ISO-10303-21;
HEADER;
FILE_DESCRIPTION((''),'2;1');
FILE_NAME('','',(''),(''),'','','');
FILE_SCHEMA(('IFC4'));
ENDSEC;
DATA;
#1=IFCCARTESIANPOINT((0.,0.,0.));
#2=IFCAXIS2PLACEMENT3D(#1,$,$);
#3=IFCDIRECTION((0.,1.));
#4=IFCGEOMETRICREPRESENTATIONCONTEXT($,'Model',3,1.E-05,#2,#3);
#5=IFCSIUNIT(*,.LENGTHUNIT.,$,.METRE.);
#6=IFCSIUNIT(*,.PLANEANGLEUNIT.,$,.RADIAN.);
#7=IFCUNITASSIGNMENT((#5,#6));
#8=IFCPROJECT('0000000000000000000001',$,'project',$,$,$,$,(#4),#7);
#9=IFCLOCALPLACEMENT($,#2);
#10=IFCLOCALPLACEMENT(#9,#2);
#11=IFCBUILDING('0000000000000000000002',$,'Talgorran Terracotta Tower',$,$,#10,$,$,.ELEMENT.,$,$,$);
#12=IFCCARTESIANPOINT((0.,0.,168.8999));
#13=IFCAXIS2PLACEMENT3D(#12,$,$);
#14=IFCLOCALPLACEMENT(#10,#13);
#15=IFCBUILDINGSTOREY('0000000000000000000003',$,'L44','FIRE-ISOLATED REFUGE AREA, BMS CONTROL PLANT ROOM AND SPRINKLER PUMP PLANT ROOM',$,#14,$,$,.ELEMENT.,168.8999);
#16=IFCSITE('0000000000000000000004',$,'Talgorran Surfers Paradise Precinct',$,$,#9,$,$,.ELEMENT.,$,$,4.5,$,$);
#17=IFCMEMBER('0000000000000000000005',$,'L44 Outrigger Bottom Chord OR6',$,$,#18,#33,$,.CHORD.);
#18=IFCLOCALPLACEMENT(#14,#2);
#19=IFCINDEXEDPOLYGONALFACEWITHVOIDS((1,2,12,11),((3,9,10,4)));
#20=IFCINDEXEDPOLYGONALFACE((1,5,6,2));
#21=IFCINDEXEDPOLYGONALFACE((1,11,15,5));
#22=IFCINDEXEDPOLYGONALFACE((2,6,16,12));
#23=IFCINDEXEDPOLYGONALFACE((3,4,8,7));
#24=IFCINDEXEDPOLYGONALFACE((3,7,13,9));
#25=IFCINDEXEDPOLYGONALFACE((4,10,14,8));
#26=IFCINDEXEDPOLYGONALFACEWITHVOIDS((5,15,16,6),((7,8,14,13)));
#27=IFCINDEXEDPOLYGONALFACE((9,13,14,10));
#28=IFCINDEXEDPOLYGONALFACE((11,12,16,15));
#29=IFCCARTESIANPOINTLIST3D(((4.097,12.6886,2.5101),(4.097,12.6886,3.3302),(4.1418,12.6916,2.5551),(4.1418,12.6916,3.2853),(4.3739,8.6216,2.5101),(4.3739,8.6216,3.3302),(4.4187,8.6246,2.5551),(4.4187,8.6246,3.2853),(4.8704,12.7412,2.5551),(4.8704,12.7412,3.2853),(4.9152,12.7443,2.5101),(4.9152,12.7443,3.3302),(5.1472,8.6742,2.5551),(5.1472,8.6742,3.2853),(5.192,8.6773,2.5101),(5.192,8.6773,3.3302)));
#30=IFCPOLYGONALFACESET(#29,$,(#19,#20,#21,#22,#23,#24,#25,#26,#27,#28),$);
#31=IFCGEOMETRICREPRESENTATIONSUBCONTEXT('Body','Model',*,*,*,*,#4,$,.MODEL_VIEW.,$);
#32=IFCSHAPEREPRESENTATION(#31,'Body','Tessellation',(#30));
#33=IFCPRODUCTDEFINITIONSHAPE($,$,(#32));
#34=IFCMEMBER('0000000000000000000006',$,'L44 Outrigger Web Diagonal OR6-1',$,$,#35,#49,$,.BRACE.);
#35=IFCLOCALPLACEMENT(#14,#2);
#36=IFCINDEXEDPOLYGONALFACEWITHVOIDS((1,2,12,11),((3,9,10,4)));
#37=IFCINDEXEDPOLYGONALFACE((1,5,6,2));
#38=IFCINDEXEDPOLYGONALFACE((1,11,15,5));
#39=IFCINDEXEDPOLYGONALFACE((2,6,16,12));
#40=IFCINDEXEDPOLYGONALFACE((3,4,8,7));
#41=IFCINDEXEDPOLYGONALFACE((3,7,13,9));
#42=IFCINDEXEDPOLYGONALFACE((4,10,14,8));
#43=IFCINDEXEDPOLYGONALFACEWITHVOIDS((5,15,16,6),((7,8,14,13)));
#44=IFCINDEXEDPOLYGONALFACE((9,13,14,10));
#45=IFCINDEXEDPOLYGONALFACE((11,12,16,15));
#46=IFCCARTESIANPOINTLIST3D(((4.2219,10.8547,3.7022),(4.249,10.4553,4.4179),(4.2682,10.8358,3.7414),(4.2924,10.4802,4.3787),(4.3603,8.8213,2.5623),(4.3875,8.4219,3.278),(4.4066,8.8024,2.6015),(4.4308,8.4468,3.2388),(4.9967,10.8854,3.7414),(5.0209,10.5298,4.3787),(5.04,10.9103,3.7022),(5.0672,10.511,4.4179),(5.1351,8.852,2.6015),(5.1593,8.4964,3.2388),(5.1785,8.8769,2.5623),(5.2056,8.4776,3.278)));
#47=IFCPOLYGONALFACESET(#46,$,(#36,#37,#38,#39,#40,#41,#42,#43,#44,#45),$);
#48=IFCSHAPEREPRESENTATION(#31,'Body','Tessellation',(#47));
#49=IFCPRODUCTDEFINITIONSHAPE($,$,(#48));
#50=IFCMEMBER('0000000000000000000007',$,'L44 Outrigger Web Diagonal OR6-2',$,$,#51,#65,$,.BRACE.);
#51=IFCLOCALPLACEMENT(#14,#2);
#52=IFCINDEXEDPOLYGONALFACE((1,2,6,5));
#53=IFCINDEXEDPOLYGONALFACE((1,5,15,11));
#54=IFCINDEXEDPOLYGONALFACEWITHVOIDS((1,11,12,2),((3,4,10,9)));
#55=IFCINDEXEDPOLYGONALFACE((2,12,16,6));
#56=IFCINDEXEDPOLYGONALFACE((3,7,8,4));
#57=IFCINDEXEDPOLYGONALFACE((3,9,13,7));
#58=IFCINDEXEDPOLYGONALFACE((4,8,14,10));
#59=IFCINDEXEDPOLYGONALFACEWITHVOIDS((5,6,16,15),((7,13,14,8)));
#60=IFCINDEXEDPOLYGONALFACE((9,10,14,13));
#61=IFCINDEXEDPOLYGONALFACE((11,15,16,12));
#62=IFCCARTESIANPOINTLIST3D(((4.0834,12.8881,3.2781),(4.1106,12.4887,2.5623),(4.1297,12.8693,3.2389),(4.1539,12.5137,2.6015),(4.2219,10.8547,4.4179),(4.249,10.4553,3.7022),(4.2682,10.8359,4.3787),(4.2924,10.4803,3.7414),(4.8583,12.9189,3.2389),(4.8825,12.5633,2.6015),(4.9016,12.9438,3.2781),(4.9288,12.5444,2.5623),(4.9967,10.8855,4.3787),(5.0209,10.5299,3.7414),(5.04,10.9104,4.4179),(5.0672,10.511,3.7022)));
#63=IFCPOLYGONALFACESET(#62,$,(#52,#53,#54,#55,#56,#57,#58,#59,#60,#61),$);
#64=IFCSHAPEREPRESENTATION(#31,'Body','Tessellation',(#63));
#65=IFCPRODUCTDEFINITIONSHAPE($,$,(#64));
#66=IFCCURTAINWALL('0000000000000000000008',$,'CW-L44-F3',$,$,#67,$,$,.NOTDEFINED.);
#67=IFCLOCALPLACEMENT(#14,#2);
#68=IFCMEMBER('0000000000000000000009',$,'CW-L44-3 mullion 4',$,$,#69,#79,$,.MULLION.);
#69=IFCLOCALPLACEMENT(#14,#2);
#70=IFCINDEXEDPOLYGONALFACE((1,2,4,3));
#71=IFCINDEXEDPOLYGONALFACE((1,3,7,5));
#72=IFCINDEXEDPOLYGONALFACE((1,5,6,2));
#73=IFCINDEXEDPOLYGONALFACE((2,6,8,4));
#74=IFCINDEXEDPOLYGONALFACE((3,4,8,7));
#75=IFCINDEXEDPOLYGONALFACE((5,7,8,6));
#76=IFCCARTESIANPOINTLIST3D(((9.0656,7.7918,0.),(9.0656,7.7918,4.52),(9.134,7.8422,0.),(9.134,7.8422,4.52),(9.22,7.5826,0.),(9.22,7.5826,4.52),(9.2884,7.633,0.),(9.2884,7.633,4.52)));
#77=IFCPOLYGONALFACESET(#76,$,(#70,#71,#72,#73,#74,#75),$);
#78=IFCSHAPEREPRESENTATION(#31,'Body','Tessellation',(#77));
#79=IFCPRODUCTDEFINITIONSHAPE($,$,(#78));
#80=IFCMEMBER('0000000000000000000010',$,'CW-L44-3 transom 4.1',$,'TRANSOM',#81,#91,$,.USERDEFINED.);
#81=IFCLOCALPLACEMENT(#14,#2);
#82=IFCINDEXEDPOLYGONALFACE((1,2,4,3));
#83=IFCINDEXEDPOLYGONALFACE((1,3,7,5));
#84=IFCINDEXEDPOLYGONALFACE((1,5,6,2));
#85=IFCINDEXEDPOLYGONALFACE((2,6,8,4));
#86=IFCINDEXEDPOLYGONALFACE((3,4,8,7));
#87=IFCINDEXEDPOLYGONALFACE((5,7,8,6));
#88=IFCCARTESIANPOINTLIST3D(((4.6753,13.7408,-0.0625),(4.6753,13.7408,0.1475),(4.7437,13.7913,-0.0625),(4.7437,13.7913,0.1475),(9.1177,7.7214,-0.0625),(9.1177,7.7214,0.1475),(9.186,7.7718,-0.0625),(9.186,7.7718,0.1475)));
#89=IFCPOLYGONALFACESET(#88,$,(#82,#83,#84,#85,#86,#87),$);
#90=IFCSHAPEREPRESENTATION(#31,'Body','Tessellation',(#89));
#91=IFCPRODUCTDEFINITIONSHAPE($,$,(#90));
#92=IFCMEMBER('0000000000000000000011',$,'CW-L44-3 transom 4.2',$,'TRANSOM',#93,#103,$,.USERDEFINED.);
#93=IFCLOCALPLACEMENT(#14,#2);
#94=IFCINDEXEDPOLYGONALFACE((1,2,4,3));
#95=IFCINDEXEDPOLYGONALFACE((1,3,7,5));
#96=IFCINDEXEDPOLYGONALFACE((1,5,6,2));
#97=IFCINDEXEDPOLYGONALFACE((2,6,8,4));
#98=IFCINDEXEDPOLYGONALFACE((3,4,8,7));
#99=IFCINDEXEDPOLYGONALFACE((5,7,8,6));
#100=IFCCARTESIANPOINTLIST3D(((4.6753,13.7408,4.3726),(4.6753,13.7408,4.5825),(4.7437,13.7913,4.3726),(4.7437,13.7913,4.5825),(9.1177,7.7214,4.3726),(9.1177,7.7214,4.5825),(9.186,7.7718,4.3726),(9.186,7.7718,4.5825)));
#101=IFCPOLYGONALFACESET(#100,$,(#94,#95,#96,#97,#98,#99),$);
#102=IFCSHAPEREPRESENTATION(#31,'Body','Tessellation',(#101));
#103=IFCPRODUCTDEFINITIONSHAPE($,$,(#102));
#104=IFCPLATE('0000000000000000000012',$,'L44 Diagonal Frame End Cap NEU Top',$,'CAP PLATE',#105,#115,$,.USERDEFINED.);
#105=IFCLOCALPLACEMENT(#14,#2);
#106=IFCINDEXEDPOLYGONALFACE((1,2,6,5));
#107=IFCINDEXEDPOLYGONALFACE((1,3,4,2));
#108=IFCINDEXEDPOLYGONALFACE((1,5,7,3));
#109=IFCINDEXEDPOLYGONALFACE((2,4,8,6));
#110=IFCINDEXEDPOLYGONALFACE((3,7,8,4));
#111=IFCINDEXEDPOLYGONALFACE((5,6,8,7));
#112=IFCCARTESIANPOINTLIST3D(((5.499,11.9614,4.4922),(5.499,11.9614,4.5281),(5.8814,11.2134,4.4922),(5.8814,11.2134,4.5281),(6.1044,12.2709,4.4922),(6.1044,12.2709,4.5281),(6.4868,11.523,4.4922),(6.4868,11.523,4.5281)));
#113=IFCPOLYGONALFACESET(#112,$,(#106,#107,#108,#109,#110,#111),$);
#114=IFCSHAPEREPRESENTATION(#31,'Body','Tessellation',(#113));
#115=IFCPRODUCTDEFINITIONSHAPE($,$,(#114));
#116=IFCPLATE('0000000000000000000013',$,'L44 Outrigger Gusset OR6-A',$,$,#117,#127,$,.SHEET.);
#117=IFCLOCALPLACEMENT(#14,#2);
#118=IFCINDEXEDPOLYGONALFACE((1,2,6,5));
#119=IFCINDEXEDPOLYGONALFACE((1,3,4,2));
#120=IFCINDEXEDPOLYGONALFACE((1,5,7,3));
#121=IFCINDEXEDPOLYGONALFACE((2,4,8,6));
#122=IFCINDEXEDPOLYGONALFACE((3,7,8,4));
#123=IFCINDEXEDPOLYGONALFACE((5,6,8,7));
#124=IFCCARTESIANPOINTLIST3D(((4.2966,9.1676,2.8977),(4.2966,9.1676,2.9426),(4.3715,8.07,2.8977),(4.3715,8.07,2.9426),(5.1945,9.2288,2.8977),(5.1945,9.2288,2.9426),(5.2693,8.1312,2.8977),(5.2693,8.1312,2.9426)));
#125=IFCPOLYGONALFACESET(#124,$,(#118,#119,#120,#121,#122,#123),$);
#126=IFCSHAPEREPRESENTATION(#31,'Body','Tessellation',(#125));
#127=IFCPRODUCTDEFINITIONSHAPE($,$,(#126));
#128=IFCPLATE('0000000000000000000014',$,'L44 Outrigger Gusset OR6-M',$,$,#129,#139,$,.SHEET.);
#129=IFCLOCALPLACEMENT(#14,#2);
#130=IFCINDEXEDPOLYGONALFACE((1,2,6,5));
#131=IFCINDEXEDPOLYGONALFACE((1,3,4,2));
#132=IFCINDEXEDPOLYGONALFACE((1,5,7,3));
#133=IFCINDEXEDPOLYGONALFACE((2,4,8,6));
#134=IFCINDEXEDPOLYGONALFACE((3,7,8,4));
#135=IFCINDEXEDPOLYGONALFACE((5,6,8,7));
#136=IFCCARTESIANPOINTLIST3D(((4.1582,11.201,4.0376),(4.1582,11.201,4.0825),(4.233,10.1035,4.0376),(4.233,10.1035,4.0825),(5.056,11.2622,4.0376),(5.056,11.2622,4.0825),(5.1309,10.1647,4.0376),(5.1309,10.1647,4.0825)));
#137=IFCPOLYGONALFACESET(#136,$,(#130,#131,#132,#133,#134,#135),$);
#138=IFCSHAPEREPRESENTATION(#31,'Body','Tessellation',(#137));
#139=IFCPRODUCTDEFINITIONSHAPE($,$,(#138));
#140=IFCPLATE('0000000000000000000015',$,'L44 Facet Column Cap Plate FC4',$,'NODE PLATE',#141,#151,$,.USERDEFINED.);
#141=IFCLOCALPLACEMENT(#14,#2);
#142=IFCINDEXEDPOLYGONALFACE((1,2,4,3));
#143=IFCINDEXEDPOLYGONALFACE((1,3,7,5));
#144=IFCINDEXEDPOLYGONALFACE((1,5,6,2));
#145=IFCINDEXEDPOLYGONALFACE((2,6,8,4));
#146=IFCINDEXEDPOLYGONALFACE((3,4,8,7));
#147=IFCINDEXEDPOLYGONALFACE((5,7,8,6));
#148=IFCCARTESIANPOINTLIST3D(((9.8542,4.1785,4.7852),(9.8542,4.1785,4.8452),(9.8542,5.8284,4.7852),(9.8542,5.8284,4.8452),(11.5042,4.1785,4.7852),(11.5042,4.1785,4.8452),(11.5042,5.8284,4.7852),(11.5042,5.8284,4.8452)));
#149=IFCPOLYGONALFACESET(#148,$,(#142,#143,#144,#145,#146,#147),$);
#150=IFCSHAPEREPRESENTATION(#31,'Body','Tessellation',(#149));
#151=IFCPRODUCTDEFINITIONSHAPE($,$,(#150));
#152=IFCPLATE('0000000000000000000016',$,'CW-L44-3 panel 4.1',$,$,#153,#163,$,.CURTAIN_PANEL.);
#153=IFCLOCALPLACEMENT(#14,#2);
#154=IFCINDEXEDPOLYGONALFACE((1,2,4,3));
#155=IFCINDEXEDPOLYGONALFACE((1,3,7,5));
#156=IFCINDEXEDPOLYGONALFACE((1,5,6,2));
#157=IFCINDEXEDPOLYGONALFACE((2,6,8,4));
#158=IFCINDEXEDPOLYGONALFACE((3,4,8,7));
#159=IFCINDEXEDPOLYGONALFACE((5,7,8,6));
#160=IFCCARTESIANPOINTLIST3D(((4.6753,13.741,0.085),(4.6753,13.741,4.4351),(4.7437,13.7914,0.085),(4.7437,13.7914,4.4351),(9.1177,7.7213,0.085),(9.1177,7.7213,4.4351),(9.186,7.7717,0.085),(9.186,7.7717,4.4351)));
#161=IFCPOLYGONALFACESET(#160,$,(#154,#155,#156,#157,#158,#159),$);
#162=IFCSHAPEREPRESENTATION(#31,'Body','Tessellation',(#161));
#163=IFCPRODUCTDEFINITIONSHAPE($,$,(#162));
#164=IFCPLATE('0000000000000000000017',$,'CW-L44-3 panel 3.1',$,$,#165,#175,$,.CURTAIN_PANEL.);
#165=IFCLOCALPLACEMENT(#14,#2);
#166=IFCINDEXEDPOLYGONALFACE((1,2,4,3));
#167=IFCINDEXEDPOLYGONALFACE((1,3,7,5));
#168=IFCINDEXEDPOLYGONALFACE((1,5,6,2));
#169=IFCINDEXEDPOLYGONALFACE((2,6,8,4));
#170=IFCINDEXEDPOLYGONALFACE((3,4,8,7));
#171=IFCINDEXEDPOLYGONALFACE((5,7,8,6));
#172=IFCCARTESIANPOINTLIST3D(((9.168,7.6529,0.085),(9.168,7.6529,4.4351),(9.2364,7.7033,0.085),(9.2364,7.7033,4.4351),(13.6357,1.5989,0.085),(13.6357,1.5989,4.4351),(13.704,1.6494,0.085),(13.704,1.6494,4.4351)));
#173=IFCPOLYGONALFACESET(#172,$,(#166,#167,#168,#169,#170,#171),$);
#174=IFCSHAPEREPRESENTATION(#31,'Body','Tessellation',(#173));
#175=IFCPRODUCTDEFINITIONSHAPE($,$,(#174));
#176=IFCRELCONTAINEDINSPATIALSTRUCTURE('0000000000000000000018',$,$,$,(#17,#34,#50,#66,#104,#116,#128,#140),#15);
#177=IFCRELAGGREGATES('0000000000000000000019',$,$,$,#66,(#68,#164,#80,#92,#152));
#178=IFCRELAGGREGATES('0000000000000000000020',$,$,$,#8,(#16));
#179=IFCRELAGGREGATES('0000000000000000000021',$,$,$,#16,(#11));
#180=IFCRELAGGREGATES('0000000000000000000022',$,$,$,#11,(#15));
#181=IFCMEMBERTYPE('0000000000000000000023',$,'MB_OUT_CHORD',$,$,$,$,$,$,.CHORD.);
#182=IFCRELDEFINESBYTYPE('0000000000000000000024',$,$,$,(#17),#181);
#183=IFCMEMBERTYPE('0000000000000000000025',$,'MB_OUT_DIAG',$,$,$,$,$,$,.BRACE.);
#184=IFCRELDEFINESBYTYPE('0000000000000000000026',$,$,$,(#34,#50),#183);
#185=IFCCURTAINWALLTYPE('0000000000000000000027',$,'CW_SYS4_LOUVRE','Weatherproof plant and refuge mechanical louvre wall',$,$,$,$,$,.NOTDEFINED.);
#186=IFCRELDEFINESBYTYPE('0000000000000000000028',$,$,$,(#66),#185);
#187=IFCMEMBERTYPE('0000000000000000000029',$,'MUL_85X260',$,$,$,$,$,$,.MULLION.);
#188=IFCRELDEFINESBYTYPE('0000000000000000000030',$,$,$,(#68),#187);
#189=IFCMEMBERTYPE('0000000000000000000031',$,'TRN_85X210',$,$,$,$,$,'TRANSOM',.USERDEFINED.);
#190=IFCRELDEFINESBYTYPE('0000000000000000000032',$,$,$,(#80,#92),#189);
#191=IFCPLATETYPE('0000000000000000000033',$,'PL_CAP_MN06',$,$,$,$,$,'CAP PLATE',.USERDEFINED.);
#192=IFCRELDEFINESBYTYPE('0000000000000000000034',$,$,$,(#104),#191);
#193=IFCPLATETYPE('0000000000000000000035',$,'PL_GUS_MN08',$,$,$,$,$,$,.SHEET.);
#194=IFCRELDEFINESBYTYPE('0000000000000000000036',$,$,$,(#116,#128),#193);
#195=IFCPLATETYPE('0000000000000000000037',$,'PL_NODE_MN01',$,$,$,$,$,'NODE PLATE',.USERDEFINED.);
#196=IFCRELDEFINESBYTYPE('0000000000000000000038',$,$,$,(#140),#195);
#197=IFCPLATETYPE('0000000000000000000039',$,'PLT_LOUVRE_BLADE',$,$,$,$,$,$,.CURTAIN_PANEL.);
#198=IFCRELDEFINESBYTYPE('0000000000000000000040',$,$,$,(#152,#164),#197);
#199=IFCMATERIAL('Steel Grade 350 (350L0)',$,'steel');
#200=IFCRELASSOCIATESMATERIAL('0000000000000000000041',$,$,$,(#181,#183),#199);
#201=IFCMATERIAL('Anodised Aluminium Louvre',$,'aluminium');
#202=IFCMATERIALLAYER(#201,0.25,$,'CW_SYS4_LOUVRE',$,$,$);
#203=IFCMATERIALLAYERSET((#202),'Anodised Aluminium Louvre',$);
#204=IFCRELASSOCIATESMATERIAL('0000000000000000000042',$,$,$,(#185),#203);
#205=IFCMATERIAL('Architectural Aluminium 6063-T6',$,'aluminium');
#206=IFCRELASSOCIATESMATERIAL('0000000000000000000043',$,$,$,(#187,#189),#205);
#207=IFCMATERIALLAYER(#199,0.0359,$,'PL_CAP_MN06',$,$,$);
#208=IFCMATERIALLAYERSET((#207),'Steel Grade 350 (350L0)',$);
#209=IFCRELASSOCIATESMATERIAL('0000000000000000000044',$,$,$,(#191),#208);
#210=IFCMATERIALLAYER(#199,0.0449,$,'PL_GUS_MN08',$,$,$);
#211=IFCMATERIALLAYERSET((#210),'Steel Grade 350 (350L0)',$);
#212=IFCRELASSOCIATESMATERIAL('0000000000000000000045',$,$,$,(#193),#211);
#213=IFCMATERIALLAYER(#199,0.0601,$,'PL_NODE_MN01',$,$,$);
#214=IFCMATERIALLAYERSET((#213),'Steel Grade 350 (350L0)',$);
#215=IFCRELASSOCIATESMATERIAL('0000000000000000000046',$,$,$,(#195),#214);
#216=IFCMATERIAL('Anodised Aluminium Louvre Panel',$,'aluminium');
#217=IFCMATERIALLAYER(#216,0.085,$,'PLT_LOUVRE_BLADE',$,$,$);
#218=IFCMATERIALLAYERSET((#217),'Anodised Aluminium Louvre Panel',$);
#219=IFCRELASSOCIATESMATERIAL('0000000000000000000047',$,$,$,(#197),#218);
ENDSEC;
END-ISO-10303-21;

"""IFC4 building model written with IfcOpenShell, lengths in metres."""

from ifc_helpers import new_model, si_unit, direction, frame, origin, origin_2d, place, context, subcontext, project, spatial, rectangle, hollow_rectangle, extrude, source, transform, mapped, material, layer, layer_set, material_profile, profile_set, type_object, type_shapes, element, aggregate, save


model = new_model("IFC4")

# Units and contexts
model_context = context("Model", 3, precision=1e-05, world=origin(), true_north=direction((0.0, 1.0)))
body_context = subcontext(model_context, "Body", "Model", "MODEL_VIEW")
ifc_project = project(units=[si_unit("LENGTHUNIT", "METRE"), si_unit("PLANEANGLEUNIT", "RADIAN")], contexts=[model_context])

# Site, building, storey
site_placement = place(None, origin())
site = spatial("IfcSite", under=ifc_project, at=site_placement, Name="Talgorran Surfers Paradise Precinct", CompositionType="ELEMENT", RefElevation=4.5)
building_placement = place(site_placement, origin())
building = spatial("IfcBuilding", under=site, at=building_placement, Name="Talgorran Terracotta Tower", CompositionType="ELEMENT")
storey_placement = place(building_placement, frame((0.0, 0.0, 168.8999)))
storey = spatial("IfcBuildingStorey", under=building, at=storey_placement, Name="L44", Description="FIRE-ISOLATED REFUGE AREA, BMS CONTROL PLANT ROOM AND SPRINKLER PUMP PLANT ROOM", CompositionType="ELEMENT", Elevation=168.8999)

# Shared definitions
ifc_material_1 = material(Name="Steel Grade 350 (350L0)", Category="steel")

# Members
ifc_material_profile_1 = material_profile(ifc_material_1, hollow_rectangle(XDim=0.8201, YDim=0.8201, WallThickness=0.0449, at=origin_2d()), Name="WBOX820X820X45")
ifc_profile_set_1 = profile_set([ifc_material_profile_1], Name="Steel Grade 350 (350L0)")
member_type_1 = type_object("IfcMemberType", Name="MB_OUT_CHORD", PredefinedType="CHORD", material=ifc_profile_set_1)
member_1_placement = place(storey_placement, frame((4.783, 8.6494, 2.9202), z_axis=(-0.067918, 0.997691, 0.0), x_axis=(-0.997691, -0.067918, 0.0)))
element("IfcMember", 1, at=member_1_placement, inside=storey, type_object=member_type_1, Name="L44 Outrigger Bottom Chord OR6", PredefinedType="CHORD", context=body_context, shape_type="SweptSolid", body=[
    extrude(hollow_rectangle(XDim=0.8201, YDim=0.8201, WallThickness=0.0449, at=origin_2d()), origin(), (0.0, 0.0, 1.0), 4.0764),
])
ifc_material_profile_2 = material_profile(ifc_material_1, hollow_rectangle(XDim=0.8201, YDim=0.8201, WallThickness=0.0449, at=origin_2d()), Name="WBOX820X820X45")
ifc_profile_set_2 = profile_set([ifc_material_profile_2], Name="Steel Grade 350 (350L0)")
member_type_2 = type_object("IfcMemberType", Name="MB_OUT_DIAG", PredefinedType="BRACE", material=ifc_profile_set_2)
for number, where, z_axis, x_axis, name in (
    (2, (4.783, 8.6494, 2.9202), (-0.059277, 0.87076, 0.488123), (-0.997691, -0.067918, 0.0), "L44 Outrigger Web Diagonal OR6-1"),
    (3, (4.6445, 10.6829, 4.0601), (-0.059277, 0.87076, -0.488123), (-0.997691, -0.067918, 0.0), "L44 Outrigger Web Diagonal OR6-2"),
):
    element("IfcMember", number, at=place(storey_placement, frame(where, z_axis=z_axis, x_axis=x_axis)), inside=storey, type_object=member_type_2, Name=name, PredefinedType="BRACE", context=body_context, shape_type="SweptSolid", body=[
        extrude(hollow_rectangle(XDim=0.8201, YDim=0.8201, WallThickness=0.0449, at=origin_2d()), origin(), (0.0, 0.0, 1.0), 2.3352),
    ])

# Curtain wall, members
ifc_material_2 = material(Name="Anodised Aluminium Louvre", Category="aluminium")
ifc_layer_1 = layer(ifc_material_2, 0.25, Name="CW_SYS4_LOUVRE")
ifc_layer_set_1 = layer_set([ifc_layer_1], Name="Anodised Aluminium Louvre")
curtain_wall_type = type_object("IfcCurtainWallType", Name="CW_SYS4_LOUVRE", Description="Weatherproof plant and refuge mechanical louvre wall", PredefinedType="NOTDEFINED", material=ifc_layer_set_1)
curtain_wall_placement = place(storey_placement, origin())
curtain_wall = element("IfcCurtainWall", 4, at=curtain_wall_placement, inside=storey, type_object=curtain_wall_type, Name="CW-L44-F3", PredefinedType="NOTDEFINED")
ifc_material_3 = material(Name="Architectural Aluminium 6063-T6", Category="aluminium")
ifc_material_profile_3 = material_profile(ifc_material_3, rectangle(XDim=0.085, YDim=0.26, at=origin_2d()), Name="CWM85X260")
ifc_profile_set_3 = profile_set([ifc_material_profile_3], Name="Architectural Aluminium 6063-T6")
member_type_3 = type_object("IfcMemberType", Name="MUL_85X260", PredefinedType="MULLION", material=ifc_profile_set_3)
member_2_placement = place(storey_placement, frame((9.177, 7.7124, 0.0), z_axis=(0.0, 0.0, 1.0), x_axis=(-0.804622, -0.593787, 0.0)))
member_2 = element("IfcMember", 5, at=member_2_placement, type_object=member_type_3, Name="CW-L44-3 mullion 4", PredefinedType="MULLION", context=body_context, shape_type="SweptSolid", body=[
    extrude(rectangle(XDim=0.085, YDim=0.26, at=origin_2d()), origin(), (0.0, 0.0, 1.0), 4.52),
])
ifc_material_profile_4 = material_profile(ifc_material_3, rectangle(XDim=0.085, YDim=0.21, at=origin_2d()), Name="CWT85X210")
ifc_profile_set_4 = profile_set([ifc_material_profile_4], Name="Architectural Aluminium 6063-T6")
member_type_4 = type_object("IfcMemberType", Name="TRN_85X210", ElementType="TRANSOM", PredefinedType="USERDEFINED", material=ifc_profile_set_4)
member_3_placement = place(storey_placement, frame((9.1519, 7.7466, 0.0425), z_axis=(-0.5938, 0.804613, 0.0), x_axis=(-0.804613, -0.5938, 0.0)))
member_3 = element("IfcMember", 6, at=member_3_placement, type_object=member_type_4, Name="CW-L44-3 transom 4.1", ObjectType="TRANSOM", PredefinedType="USERDEFINED", context=body_context, shape_type="SweptSolid", body=[
    extrude(rectangle(XDim=0.085, YDim=0.21, at=origin_2d()), origin(), (0.0, 0.0, 1.0), 7.4812),
])
member_4_placement = place(storey_placement, frame((9.1519, 7.7466, 4.4775), z_axis=(-0.5938, 0.804613, 0.0), x_axis=(-0.804613, -0.5938, 0.0)))
member_4 = element("IfcMember", 7, at=member_4_placement, type_object=member_type_4, Name="CW-L44-3 transom 4.2", ObjectType="TRANSOM", PredefinedType="USERDEFINED", context=body_context, shape_type="SweptSolid", body=[
    extrude(rectangle(XDim=0.085, YDim=0.21, at=origin_2d()), origin(), (0.0, 0.0, 1.0), 7.4812),
])

# Plates
ifc_layer_2 = layer(ifc_material_1, 0.0359, Name="PL_CAP_MN06")
ifc_layer_set_2 = layer_set([ifc_layer_2], Name="Steel Grade 350 (350L0)")
plate_type_1 = type_object("IfcPlateType", Name="PL_CAP_MN06", ElementType="CAP PLATE", PredefinedType="USERDEFINED", material=ifc_layer_set_2)
plate_1_placement = place(storey_placement, frame((5.9929, 11.7422, 4.4922), z_axis=(0.0, 0.0, 1.0), x_axis=(0.455234, -0.890372, 0.0)))
element("IfcPlate", 8, at=plate_1_placement, inside=storey, type_object=plate_type_1, Name="L44 Diagonal Frame End Cap NEU Top", ObjectType="CAP PLATE", PredefinedType="USERDEFINED", context=body_context, shape_type="SweptSolid", body=[
    extrude(rectangle(XDim=0.8401, YDim=0.6799, at=origin_2d()), origin(), (0.0, 0.0, 1.0), 0.0359),
])
ifc_layer_3 = layer(ifc_material_1, 0.0449, Name="PL_GUS_MN08")
ifc_layer_set_3 = layer_set([ifc_layer_3], Name="Steel Grade 350 (350L0)")
plate_type_2 = type_object("IfcPlateType", Name="PL_GUS_MN08", PredefinedType="SHEET", material=ifc_layer_set_3)
for number, where, z_axis, x_axis, name in (
    (9, (4.783, 8.6494, 2.8977), (0.0, 0.0, 1.0), (-0.068015, 0.997684, 0.0), "L44 Outrigger Gusset OR6-A"),
    (10, (4.6445, 10.6829, 4.0376), (0.0, 0.0, 1.0), (-0.068015, 0.997684, 0.0), "L44 Outrigger Gusset OR6-M"),
):
    element("IfcPlate", number, at=place(storey_placement, frame(where, z_axis=z_axis, x_axis=x_axis)), inside=storey, type_object=plate_type_2, Name=name, PredefinedType="SHEET", context=body_context, shape_type="SweptSolid", body=[
        extrude(rectangle(XDim=1.1001, YDim=0.8999, at=origin_2d()), origin(), (0.0, 0.0, 1.0), 0.0449),
    ])
ifc_layer_4 = layer(ifc_material_1, 0.0601, Name="PL_NODE_MN01")
ifc_layer_set_4 = layer_set([ifc_layer_4], Name="Steel Grade 350 (350L0)")
plate_type_3 = type_object("IfcPlateType", Name="PL_NODE_MN01", ElementType="NODE PLATE", PredefinedType="USERDEFINED", material=ifc_layer_set_4)
plate_2_placement = place(storey_placement, frame((10.6792, 5.0034, 4.7852), z_axis=(0.0, 0.0, 1.0), x_axis=(1.0, 0.0, 0.0)))
element("IfcPlate", 11, at=plate_2_placement, inside=storey, type_object=plate_type_3, Name="L44 Facet Column Cap Plate FC4", ObjectType="NODE PLATE", PredefinedType="USERDEFINED", context=body_context, shape_type="SweptSolid", body=[
    extrude(rectangle(XDim=1.6499, YDim=1.6499, at=origin_2d()), origin(), (0.0, 0.0, 1.0), 0.0601),
])

# Plates
ifc_material_4 = material(Name="Anodised Aluminium Louvre Panel", Category="aluminium")
ifc_layer_5 = layer(ifc_material_4, 0.085, Name="PLT_LOUVRE_BLADE")
ifc_layer_set_5 = layer_set([ifc_layer_5], Name="Anodised Aluminium Louvre Panel")
plate_type_4 = type_object("IfcPlateType", Name="PLT_LOUVRE_BLADE", PredefinedType="CURTAIN_PANEL", material=ifc_layer_set_5)
shared_shape_1 = source(origin(), body_context, "Body", "SweptSolid", [
    extrude(rectangle(XDim=7.4814, YDim=0.085, at=origin_2d()), origin(), (0.0, 0.0, 1.0), 4.3501),
])
plate_3_placement = place(storey_placement, frame((6.9307, 10.7563, 0.085), z_axis=(0.0, 0.0, 1.0), x_axis=(-0.593787, 0.804622, 0.0)))
plate_3 = element("IfcPlate", 12, at=plate_3_placement, type_object=plate_type_4, Name="CW-L44-3 panel 4.1", PredefinedType="CURTAIN_PANEL", context=body_context, shape_type="MappedRepresentation", body=[
    mapped(shared_shape_1, transform((0.0, 0.0, 0.0), scale=1.0)),
])
shared_shape_2 = source(origin(), body_context, "Body", "SweptSolid", [
    extrude(rectangle(XDim=7.5239, YDim=0.085, at=origin_2d()), origin(), (0.0, 0.0, 1.0), 4.3501),
])
type_shapes(plate_type_4, [shared_shape_1, shared_shape_2])
plate_4_placement = place(storey_placement, frame((11.436, 4.6511, 0.085), z_axis=(0.0, 0.0, 1.0), x_axis=(-0.593787, 0.804622, 0.0)))
plate_4 = element("IfcPlate", 13, at=plate_4_placement, type_object=plate_type_4, Name="CW-L44-3 panel 3.1", PredefinedType="CURTAIN_PANEL", context=body_context, shape_type="MappedRepresentation", body=[
    mapped(shared_shape_2, transform((0.0, 0.0, 0.0), scale=1.0)),
])
aggregate(curtain_wall, [member_2, plate_4, member_3, member_4, plate_3])

save(model, "model.ifc")
